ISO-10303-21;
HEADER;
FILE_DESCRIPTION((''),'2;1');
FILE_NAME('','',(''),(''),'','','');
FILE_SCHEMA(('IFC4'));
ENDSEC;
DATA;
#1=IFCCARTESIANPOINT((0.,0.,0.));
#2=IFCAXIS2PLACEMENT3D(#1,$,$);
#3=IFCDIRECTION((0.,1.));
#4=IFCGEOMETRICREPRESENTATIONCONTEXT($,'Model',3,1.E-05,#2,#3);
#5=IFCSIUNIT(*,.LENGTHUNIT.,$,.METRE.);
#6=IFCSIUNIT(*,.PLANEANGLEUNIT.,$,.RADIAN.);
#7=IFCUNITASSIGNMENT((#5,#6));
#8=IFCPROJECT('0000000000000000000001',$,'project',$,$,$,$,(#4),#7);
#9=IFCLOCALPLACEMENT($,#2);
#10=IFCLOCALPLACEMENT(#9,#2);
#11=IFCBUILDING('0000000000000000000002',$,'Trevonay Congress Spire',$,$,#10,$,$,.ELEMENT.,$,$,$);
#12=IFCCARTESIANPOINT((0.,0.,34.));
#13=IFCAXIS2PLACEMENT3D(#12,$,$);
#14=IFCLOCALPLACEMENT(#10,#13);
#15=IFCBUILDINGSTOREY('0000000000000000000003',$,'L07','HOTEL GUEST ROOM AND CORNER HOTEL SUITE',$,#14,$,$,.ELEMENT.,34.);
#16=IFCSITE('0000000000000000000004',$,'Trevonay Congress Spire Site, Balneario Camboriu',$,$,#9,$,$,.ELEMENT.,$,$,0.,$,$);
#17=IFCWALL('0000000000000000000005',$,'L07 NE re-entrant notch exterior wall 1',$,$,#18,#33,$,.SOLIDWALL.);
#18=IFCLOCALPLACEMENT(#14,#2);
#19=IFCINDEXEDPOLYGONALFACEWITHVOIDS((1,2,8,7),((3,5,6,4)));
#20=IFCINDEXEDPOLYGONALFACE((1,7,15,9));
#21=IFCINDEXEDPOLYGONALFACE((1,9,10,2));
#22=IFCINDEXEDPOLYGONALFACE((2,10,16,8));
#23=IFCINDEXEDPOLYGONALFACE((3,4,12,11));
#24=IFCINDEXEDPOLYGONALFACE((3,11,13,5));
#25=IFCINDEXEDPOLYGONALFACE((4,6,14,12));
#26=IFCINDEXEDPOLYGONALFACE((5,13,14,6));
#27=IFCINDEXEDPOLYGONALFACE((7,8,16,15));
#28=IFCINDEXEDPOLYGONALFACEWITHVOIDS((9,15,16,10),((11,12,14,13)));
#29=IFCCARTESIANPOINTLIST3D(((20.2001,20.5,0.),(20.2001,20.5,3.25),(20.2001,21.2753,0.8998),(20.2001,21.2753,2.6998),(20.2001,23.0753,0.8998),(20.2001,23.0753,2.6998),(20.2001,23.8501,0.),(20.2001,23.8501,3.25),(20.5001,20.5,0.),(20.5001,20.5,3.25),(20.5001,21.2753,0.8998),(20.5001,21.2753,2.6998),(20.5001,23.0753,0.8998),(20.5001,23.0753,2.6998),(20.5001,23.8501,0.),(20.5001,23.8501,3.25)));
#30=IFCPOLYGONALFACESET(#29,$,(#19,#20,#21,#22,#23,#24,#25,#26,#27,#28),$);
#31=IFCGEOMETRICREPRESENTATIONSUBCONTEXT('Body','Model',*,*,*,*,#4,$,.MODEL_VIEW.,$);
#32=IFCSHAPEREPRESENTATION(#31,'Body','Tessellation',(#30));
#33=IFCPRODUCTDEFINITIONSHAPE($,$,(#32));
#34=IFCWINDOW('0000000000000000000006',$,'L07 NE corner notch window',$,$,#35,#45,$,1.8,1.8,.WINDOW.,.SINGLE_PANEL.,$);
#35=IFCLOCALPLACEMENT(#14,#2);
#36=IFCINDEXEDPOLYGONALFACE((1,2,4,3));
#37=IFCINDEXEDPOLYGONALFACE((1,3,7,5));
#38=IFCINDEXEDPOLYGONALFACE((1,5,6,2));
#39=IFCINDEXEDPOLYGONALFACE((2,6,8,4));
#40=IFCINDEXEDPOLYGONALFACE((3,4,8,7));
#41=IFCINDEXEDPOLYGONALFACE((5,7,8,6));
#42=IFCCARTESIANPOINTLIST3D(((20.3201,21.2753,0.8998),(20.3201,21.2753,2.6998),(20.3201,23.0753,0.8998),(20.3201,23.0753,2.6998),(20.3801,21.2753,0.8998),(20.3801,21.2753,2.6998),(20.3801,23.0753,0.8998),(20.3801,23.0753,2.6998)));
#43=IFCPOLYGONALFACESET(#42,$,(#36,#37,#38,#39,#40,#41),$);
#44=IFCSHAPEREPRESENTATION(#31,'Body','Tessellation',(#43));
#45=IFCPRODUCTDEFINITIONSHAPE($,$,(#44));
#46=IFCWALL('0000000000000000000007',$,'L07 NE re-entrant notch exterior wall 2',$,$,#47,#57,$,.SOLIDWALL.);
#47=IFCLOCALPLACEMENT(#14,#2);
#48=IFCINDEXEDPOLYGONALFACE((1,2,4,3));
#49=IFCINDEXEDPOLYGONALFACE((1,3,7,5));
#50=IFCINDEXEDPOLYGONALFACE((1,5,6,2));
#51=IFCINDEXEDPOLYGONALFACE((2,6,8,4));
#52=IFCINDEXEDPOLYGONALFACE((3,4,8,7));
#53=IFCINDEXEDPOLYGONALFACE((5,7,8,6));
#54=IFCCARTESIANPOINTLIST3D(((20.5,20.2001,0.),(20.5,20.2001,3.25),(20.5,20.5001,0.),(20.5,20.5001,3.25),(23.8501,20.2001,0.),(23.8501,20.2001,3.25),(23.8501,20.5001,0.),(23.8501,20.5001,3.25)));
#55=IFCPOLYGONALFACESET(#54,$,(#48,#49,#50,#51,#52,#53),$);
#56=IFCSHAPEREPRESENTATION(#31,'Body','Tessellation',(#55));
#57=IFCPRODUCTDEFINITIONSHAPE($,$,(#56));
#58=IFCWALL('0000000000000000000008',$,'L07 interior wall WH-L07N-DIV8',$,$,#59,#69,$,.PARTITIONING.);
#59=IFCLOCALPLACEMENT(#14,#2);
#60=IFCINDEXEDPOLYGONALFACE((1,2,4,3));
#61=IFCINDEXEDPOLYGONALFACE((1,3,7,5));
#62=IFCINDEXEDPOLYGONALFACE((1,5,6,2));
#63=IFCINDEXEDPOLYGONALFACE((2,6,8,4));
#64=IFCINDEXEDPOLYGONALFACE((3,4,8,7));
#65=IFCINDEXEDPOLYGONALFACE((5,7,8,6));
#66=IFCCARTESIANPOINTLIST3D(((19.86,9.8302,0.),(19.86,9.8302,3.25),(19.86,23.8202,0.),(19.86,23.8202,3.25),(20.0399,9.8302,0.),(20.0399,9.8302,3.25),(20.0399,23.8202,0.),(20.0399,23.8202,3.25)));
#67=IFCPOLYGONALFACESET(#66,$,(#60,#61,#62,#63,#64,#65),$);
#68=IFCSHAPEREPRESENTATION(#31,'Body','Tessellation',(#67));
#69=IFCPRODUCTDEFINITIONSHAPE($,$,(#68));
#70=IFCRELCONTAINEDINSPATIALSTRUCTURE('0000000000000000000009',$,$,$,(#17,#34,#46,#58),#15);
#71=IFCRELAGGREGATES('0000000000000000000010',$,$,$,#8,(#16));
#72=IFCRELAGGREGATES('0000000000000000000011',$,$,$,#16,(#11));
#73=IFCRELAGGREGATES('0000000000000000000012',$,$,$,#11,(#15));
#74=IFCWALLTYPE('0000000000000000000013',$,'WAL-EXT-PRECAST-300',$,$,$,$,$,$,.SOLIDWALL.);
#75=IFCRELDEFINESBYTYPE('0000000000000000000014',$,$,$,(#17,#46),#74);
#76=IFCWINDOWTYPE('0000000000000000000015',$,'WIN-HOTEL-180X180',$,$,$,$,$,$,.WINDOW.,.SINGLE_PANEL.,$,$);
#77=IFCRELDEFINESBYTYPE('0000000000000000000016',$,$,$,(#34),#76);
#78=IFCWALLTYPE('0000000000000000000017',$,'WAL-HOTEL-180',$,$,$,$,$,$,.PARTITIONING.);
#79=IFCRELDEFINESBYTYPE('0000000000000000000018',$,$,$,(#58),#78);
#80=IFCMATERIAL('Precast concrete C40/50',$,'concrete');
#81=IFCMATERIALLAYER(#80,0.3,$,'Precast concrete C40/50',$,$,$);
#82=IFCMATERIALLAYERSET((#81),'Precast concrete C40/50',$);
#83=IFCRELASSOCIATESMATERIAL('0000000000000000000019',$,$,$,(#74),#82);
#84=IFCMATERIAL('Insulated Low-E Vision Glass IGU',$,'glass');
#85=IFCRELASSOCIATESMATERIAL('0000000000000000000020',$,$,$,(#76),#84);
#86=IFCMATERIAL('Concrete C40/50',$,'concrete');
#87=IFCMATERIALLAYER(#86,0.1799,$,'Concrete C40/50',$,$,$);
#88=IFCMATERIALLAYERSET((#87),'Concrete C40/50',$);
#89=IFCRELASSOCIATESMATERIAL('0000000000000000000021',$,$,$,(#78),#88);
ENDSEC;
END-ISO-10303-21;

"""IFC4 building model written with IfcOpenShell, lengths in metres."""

from ifc_helpers import new_model, si_unit, direction, frame, frame_2d, origin, place, context, subcontext, project, spatial, rectangle, extrude, material, layer, layer_set, type_object, element, fill, save


model = new_model("IFC4")

# Units and contexts
model_context = context("Model", 3, precision=1e-05, world=origin(), true_north=direction((0.0, 1.0)))
body_context = subcontext(model_context, "Body", "Model", "MODEL_VIEW")
ifc_project = project(units=[si_unit("LENGTHUNIT", "METRE"), si_unit("PLANEANGLEUNIT", "RADIAN")], contexts=[model_context])

# Site, building, storey
site_placement = place(None, origin())
site = spatial("IfcSite", under=ifc_project, at=site_placement, Name="Trevonay Congress Spire Site, Balneario Camboriu", CompositionType="ELEMENT", RefElevation=0.0)
building_placement = place(site_placement, origin())
building = spatial("IfcBuilding", under=site, at=building_placement, Name="Trevonay Congress Spire", CompositionType="ELEMENT")
storey_placement = place(building_placement, frame((0.0, 0.0, 34.0)))
storey = spatial("IfcBuildingStorey", under=building, at=storey_placement, Name="L07", Description="HOTEL GUEST ROOM AND CORNER HOTEL SUITE", CompositionType="ELEMENT", Elevation=34.0)

# Shared definitions
ifc_material_1 = material(Name="Insulated Low-E Vision Glass IGU", Category="glass")

# Shared definitions
ifc_material_2 = material(Name="Concrete C40/50", Category="concrete")
ifc_material_3 = material(Name="Precast concrete C40/50", Category="concrete")
ifc_layer_1 = layer(ifc_material_3, 0.3, Name="Precast concrete C40/50")
ifc_layer_set_1 = layer_set([ifc_layer_1], Name="Precast concrete C40/50")
wall_type_1 = type_object("IfcWallType", Name="WAL-EXT-PRECAST-300", PredefinedType="SOLIDWALL", material=ifc_layer_set_1)

# Wall, opening, window
wall_1_placement = place(storey_placement, frame((20.3501, 23.8501, 0.0), z_axis=(0.0, 0.0, 1.0), x_axis=(0.0, -1.0, 0.0)))
wall_1 = element("IfcWall", 1, at=wall_1_placement, inside=storey, type_object=wall_type_1, Name="L07 NE re-entrant notch exterior wall 1", PredefinedType="SOLIDWALL", context=body_context, shape_type="SweptSolid", body=[
    extrude(rectangle(XDim=3.3501, YDim=0.3, at=frame_2d((1.675, 0.0))), origin(), (0.0, 0.0, 1.0), 3.25),
])
opening_placement = place(wall_1_placement, frame((0.7749, 0.0, 0.8999)))
opening = element("IfcOpeningElement", 2, at=opening_placement, cuts=wall_1, PredefinedType="OPENING", context=body_context, shape_type="SweptSolid", body=[
    extrude(rectangle(XDim=1.8, YDim=1.8, at=frame_2d((0.8999, 0.8999))), frame((0.0, 0.1602, 0.0), z_axis=(0.0, -1.0, 0.0), x_axis=(1.0, 0.0, 0.0)), (0.0, 0.0, 1.0), 0.3201),
])
window_type = type_object("IfcWindowType", Name="WIN-HOTEL-180X180", PartitioningType="SINGLE_PANEL", PredefinedType="WINDOW", material=ifc_material_1)
window_placement = place(opening_placement, origin())
window = element("IfcWindow", 3, at=window_placement, inside=storey, type_object=window_type, Name="L07 NE corner notch window", OverallHeight=1.8, OverallWidth=1.8, PartitioningType="SINGLE_PANEL", PredefinedType="WINDOW", context=body_context, shape_type="SweptSolid", body=[
    extrude(rectangle(XDim=1.8, YDim=1.8, at=frame_2d((0.8999, 0.8999))), frame((0.0, 0.03, 0.0), z_axis=(0.0, -1.0, 0.0), x_axis=(1.0, 0.0, 0.0)), (0.0, 0.0, 1.0), 0.0601),
])
fill(opening, window)

# Walls
wall_2_placement = place(storey_placement, frame((23.8501, 20.3501, 0.0), z_axis=(0.0, 0.0, 1.0), x_axis=(-1.0, 0.0, 0.0)))
element("IfcWall", 4, at=wall_2_placement, inside=storey, type_object=wall_type_1, Name="L07 NE re-entrant notch exterior wall 2", PredefinedType="SOLIDWALL", context=body_context, shape_type="SweptSolid", body=[
    extrude(rectangle(XDim=3.3501, YDim=0.3, at=frame_2d((1.675, 0.0))), origin(), (0.0, 0.0, 1.0), 3.25),
])
ifc_layer_2 = layer(ifc_material_2, 0.1799, Name="Concrete C40/50")
ifc_layer_set_2 = layer_set([ifc_layer_2], Name="Concrete C40/50")
wall_type_2 = type_object("IfcWallType", Name="WAL-HOTEL-180", PredefinedType="PARTITIONING", material=ifc_layer_set_2)
wall_3_placement = place(storey_placement, frame((19.95, 9.8301, 0.0), z_axis=(0.0, 0.0, 1.0), x_axis=(0.0, 1.0, 0.0)))
element("IfcWall", 5, at=wall_3_placement, inside=storey, type_object=wall_type_2, Name="L07 interior wall WH-L07N-DIV8", PredefinedType="PARTITIONING", context=body_context, shape_type="SweptSolid", body=[
    extrude(rectangle(XDim=13.99, YDim=0.1799, at=frame_2d((6.9951, 0.0))), origin(), (0.0, 0.0, 1.0), 3.25),
])

save(model, "model.ifc")
